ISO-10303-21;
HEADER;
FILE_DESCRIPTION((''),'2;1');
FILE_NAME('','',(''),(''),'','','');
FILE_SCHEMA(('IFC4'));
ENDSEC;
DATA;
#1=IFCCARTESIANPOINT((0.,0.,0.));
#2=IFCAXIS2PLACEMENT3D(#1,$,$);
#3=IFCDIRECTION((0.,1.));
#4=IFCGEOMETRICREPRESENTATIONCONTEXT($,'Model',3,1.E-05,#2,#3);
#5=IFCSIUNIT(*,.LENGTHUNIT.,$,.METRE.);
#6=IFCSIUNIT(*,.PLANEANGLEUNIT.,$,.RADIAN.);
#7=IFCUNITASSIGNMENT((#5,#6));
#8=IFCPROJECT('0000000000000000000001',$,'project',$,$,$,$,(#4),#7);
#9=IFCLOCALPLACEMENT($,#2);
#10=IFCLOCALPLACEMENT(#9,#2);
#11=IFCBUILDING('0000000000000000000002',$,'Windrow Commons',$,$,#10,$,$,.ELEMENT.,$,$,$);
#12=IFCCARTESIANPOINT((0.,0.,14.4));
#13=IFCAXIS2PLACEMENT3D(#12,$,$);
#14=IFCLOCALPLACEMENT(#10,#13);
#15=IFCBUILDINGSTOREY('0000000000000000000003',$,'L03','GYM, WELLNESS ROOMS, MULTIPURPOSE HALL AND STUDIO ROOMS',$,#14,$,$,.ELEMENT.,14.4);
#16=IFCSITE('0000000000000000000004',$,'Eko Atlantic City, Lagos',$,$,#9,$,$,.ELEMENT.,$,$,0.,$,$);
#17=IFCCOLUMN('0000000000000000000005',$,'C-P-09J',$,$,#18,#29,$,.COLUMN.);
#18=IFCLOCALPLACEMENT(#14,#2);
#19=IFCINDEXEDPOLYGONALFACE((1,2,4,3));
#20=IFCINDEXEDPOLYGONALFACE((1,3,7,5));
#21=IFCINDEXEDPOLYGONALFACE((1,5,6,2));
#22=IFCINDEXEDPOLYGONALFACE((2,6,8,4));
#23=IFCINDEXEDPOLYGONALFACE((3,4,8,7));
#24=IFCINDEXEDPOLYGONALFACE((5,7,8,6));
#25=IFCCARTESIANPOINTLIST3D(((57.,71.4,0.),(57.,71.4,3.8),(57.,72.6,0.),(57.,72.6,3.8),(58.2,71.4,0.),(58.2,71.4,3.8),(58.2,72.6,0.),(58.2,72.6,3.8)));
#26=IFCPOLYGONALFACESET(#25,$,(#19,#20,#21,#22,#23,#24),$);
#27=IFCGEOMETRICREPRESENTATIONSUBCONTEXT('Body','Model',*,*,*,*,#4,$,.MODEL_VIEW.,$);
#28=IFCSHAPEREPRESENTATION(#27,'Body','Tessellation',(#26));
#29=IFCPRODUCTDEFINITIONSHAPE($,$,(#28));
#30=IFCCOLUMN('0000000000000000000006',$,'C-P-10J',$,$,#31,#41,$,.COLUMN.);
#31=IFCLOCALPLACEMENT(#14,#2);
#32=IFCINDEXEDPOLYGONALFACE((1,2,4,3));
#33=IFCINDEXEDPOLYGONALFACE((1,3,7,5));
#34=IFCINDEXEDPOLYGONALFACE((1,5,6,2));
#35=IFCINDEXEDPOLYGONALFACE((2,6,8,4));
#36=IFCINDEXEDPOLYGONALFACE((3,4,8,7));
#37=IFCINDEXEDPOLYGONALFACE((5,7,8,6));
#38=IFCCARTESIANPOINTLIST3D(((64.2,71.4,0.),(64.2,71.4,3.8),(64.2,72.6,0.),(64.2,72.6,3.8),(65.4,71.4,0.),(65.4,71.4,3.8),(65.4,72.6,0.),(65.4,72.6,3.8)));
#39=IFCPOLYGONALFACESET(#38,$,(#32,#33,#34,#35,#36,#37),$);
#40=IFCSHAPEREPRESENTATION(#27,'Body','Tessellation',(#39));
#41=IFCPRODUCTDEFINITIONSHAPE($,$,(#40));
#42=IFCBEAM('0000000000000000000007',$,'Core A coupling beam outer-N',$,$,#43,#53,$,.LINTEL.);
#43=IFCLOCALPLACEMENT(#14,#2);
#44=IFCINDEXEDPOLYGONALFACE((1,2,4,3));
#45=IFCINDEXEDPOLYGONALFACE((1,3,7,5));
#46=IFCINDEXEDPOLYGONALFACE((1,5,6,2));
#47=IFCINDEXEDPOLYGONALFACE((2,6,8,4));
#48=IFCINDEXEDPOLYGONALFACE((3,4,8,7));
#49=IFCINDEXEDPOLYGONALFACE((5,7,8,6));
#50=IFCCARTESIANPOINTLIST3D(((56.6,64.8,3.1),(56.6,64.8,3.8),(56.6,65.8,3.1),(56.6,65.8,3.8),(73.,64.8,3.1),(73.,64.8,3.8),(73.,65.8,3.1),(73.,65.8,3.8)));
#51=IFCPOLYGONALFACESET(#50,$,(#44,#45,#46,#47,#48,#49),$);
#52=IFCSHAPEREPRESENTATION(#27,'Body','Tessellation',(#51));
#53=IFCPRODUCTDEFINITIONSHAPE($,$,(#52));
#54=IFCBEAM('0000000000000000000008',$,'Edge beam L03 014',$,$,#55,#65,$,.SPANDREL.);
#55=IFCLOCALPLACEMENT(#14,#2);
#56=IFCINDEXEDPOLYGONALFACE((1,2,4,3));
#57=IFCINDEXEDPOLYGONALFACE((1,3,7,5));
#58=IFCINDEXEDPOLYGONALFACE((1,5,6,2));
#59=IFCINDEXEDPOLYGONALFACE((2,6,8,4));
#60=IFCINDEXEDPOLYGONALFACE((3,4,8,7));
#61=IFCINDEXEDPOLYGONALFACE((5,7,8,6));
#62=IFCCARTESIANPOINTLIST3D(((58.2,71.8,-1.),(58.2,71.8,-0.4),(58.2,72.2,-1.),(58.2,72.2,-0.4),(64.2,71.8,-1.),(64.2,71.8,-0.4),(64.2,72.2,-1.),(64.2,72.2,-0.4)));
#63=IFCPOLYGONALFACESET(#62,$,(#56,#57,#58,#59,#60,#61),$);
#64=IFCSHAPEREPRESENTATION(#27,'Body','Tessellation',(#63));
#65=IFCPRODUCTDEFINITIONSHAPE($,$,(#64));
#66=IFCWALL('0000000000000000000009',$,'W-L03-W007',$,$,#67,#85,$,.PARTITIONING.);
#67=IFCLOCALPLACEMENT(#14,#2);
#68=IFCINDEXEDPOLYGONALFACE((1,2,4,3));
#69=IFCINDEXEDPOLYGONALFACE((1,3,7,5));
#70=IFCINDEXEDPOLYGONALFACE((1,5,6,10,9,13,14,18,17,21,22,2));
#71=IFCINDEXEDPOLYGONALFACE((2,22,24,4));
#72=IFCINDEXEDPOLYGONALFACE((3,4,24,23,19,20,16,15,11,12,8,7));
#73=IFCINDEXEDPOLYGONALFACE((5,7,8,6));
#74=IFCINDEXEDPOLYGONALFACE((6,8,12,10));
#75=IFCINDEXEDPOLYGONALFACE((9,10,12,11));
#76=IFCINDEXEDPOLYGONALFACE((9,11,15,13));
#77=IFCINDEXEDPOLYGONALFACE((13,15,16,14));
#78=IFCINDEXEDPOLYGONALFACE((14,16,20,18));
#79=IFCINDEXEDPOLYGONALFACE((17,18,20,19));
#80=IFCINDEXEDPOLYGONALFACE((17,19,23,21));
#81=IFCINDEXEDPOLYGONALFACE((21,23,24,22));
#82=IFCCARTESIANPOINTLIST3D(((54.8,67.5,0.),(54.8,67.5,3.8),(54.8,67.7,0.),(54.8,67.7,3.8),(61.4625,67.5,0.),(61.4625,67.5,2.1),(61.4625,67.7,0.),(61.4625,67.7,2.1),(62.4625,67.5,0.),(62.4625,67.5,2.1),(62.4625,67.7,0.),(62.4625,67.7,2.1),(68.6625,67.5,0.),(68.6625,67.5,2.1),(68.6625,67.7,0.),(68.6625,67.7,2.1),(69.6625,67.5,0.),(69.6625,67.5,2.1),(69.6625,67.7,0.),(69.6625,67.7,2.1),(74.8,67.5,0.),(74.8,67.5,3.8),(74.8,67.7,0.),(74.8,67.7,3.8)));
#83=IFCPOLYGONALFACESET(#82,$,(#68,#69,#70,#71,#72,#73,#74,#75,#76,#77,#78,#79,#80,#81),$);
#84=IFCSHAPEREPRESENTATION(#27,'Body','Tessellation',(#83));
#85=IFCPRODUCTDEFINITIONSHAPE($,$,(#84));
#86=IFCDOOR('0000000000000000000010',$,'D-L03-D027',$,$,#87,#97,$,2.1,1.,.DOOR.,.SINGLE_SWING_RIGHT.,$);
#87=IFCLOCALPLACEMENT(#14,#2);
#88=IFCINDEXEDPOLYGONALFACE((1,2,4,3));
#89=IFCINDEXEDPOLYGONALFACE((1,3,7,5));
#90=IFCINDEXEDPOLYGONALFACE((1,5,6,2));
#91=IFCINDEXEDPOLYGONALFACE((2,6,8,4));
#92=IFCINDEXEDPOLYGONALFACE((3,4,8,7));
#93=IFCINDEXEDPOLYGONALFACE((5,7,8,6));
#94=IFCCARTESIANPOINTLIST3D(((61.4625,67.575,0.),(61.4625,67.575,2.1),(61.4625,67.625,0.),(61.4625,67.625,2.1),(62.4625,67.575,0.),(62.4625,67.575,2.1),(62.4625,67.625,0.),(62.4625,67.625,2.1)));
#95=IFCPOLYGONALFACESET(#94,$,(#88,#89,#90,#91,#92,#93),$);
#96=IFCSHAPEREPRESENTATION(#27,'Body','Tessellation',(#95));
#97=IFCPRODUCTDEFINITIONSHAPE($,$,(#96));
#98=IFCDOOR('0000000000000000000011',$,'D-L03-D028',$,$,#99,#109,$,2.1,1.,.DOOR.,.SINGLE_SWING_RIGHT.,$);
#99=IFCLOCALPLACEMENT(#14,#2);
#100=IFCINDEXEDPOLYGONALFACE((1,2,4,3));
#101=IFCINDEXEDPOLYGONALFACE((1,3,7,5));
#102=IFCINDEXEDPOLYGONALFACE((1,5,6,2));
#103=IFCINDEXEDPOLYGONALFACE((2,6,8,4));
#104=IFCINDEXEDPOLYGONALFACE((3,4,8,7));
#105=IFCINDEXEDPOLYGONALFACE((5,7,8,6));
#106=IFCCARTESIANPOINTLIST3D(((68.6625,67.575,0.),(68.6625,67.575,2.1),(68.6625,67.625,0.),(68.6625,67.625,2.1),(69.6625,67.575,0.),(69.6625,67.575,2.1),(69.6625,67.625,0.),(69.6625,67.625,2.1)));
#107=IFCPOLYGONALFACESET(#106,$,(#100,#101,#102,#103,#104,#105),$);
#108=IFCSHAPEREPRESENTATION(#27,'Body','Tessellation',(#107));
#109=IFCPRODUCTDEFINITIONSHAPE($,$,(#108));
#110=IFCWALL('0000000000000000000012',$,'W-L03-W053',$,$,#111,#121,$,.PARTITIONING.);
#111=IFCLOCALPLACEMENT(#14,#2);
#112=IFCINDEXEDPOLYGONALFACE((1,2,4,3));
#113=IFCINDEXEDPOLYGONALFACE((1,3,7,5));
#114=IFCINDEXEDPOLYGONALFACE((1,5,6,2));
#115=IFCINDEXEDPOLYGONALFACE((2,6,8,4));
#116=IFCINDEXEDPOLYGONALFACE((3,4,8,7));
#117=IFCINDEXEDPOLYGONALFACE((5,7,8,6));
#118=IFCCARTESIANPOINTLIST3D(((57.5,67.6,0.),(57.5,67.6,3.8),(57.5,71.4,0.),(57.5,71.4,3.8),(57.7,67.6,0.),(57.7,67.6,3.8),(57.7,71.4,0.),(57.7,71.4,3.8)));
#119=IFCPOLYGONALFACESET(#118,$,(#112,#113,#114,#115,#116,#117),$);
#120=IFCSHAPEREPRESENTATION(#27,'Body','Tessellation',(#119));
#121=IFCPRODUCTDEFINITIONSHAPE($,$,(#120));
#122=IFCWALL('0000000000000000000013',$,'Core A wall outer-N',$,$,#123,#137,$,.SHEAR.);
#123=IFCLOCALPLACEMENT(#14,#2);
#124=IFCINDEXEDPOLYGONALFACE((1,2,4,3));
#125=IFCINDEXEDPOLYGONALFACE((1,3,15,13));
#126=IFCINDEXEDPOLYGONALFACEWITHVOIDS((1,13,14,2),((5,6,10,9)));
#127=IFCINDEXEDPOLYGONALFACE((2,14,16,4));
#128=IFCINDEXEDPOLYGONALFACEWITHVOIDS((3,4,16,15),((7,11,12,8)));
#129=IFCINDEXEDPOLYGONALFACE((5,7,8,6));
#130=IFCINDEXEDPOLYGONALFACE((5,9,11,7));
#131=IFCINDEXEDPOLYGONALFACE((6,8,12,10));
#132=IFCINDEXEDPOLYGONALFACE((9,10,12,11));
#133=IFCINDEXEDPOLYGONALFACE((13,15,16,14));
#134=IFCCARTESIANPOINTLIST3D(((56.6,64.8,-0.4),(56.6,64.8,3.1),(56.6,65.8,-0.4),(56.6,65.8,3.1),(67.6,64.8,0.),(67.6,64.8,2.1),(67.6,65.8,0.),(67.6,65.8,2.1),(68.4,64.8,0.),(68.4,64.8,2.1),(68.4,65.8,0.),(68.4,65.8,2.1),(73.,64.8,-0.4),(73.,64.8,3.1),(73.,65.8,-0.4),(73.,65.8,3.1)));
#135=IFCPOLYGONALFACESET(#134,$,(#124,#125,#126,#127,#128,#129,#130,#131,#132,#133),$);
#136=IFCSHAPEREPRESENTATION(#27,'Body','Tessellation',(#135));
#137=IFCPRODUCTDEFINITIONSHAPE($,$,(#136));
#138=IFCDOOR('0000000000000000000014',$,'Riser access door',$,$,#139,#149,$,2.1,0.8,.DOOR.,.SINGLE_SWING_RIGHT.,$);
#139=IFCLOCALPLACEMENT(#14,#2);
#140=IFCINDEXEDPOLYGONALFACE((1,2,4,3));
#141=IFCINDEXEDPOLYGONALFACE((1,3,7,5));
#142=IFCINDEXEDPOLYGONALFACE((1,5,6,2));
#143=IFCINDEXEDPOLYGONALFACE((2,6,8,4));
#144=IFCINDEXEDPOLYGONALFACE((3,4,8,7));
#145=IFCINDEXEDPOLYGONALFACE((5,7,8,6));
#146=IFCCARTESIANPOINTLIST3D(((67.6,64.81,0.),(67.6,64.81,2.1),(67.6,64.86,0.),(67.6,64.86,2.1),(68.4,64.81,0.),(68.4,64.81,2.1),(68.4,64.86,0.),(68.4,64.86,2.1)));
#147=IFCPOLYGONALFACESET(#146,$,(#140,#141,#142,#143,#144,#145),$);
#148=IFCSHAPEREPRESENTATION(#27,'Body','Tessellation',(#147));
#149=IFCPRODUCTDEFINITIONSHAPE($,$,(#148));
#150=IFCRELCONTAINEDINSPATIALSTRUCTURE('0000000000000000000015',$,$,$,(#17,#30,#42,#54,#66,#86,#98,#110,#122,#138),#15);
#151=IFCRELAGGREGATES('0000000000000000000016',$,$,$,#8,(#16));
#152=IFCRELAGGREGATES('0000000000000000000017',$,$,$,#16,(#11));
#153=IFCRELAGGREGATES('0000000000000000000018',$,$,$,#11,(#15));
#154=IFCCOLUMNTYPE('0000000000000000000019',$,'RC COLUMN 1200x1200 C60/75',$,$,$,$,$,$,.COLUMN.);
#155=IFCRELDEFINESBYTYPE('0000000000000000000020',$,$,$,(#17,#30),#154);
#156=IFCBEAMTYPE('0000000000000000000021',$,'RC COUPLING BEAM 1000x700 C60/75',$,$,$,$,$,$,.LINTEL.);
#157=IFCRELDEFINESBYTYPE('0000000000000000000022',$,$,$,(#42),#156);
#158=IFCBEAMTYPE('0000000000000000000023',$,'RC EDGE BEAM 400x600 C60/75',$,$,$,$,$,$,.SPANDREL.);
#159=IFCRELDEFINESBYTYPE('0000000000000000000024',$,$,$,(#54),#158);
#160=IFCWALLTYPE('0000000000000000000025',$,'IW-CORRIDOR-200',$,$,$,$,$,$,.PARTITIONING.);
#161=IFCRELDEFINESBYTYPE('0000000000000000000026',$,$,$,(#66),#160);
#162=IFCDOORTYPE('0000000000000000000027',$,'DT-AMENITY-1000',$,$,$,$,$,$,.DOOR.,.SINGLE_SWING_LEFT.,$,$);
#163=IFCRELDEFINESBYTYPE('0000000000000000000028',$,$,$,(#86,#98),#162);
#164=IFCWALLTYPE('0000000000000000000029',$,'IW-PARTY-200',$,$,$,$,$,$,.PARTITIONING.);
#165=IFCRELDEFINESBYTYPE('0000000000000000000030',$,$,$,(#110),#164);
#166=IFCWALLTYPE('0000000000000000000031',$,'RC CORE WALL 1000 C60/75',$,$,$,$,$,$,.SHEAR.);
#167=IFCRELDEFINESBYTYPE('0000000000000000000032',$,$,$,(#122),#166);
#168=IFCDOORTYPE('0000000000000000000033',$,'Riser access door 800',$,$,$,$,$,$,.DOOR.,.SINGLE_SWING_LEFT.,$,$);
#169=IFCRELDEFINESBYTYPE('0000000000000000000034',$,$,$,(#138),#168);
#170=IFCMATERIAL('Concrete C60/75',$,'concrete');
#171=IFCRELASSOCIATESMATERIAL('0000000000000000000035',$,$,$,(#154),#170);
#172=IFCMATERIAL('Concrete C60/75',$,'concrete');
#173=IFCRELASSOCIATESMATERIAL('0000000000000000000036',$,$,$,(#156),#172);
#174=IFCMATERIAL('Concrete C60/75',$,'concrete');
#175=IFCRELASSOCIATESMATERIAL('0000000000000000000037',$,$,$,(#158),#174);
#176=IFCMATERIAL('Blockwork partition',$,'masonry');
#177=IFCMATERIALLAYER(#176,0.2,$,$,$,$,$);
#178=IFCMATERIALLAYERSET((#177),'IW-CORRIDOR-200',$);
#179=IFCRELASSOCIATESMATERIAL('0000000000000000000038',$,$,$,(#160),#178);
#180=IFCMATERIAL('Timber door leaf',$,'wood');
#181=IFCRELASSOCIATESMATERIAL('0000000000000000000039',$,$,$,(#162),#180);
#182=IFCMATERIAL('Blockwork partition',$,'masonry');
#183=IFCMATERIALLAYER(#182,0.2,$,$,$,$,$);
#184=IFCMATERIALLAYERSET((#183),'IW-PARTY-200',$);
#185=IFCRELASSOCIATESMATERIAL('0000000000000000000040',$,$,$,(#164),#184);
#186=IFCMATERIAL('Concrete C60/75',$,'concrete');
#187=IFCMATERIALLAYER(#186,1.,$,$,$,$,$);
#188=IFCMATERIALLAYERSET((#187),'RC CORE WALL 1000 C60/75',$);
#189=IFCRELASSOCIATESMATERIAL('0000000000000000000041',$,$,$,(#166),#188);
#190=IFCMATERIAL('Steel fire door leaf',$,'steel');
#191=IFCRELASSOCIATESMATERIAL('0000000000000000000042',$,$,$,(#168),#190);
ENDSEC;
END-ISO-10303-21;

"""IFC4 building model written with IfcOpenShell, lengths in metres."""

from ifc_helpers import new_model, si_unit, direction, frame, frame_2d, origin, origin_2d, place, context, subcontext, project, spatial, rectangle, extrude, material, layer, layer_set, material_profile, profile_set, type_object, element, fill, save


model = new_model("IFC4")

# Units and contexts
model_context = context("Model", 3, precision=1e-05, world=origin(), true_north=direction((0.0, 1.0)))
body_context = subcontext(model_context, "Body", "Model", "MODEL_VIEW")
ifc_project = project(units=[si_unit("LENGTHUNIT", "METRE"), si_unit("PLANEANGLEUNIT", "RADIAN")], contexts=[model_context])

# Site, building, storey
site_placement = place(None, origin())
site = spatial("IfcSite", under=ifc_project, at=site_placement, Name="Eko Atlantic City, Lagos", CompositionType="ELEMENT", RefElevation=0.0)
building_placement = place(site_placement, origin())
building = spatial("IfcBuilding", under=site, at=building_placement, Name="Windrow Commons", CompositionType="ELEMENT")
storey_placement = place(building_placement, frame((0.0, 0.0, 14.4)))
storey = spatial("IfcBuildingStorey", under=building, at=storey_placement, Name="L03", Description="GYM, WELLNESS ROOMS, MULTIPURPOSE HALL AND STUDIO ROOMS", CompositionType="ELEMENT", Elevation=14.4)

# Columns
ifc_material_1 = material(Name="Concrete C60/75", Category="concrete")
ifc_material_profile_1 = material_profile(ifc_material_1, rectangle(XDim=1.2, YDim=1.2, at=origin_2d()))
ifc_profile_set_1 = profile_set([ifc_material_profile_1], Name="Concrete C60/75")
column_type = type_object("IfcColumnType", Name="RC COLUMN 1200x1200 C60/75", PredefinedType="COLUMN", material=ifc_profile_set_1)
for number, where, z_axis, x_axis, name in (
    (1, (57.6, 72.0, 0.0), (0.0, 0.0, 1.0), (1.0, 0.0, 0.0), "C-P-09J"),
    (2, (64.8, 72.0, 0.0), (0.0, 0.0, 1.0), (1.0, 0.0, 0.0), "C-P-10J"),
):
    element("IfcColumn", number, at=place(storey_placement, frame(where, z_axis=z_axis, x_axis=x_axis)), inside=storey, type_object=column_type, Name=name, PredefinedType="COLUMN", context=body_context, shape_type="SweptSolid", body=[
        extrude(rectangle(XDim=1.2, YDim=1.2, at=origin_2d()), origin(), (0.0, 0.0, 1.0), 3.8),
    ])

# Beams
ifc_material_2 = material(Name="Concrete C60/75", Category="concrete")
ifc_material_profile_2 = material_profile(ifc_material_2, rectangle(XDim=1.0, YDim=0.7, at=origin_2d()))
ifc_profile_set_2 = profile_set([ifc_material_profile_2], Name="Concrete C60/75")
beam_type_1 = type_object("IfcBeamType", Name="RC COUPLING BEAM 1000x700 C60/75", PredefinedType="LINTEL", material=ifc_profile_set_2)
beam_1_placement = place(storey_placement, frame((56.6, 65.3, 3.45), z_axis=(1.0, 0.0, 0.0), x_axis=(0.0, 1.0, 0.0)))
element("IfcBeam", 3, at=beam_1_placement, inside=storey, type_object=beam_type_1, Name="Core A coupling beam outer-N", PredefinedType="LINTEL", context=body_context, shape_type="SweptSolid", body=[
    extrude(rectangle(XDim=1.0, YDim=0.7, at=origin_2d()), origin(), (0.0, 0.0, 1.0), 16.4),
])
ifc_material_3 = material(Name="Concrete C60/75", Category="concrete")
ifc_material_profile_3 = material_profile(ifc_material_3, rectangle(XDim=0.4, YDim=0.6, at=origin_2d()))
ifc_profile_set_3 = profile_set([ifc_material_profile_3], Name="Concrete C60/75")
beam_type_2 = type_object("IfcBeamType", Name="RC EDGE BEAM 400x600 C60/75", PredefinedType="SPANDREL", material=ifc_profile_set_3)
beam_2_placement = place(storey_placement, frame((58.2, 72.0, -0.7), z_axis=(1.0, 0.0, 0.0), x_axis=(0.0, 1.0, 0.0)))
element("IfcBeam", 4, at=beam_2_placement, inside=storey, type_object=beam_type_2, Name="Edge beam L03 014", PredefinedType="SPANDREL", context=body_context, shape_type="SweptSolid", body=[
    extrude(rectangle(XDim=0.4, YDim=0.6, at=origin_2d()), origin(), (0.0, 0.0, 1.0), 6.0),
])

# Wall, openings, doors
ifc_material_4 = material(Name="Blockwork partition", Category="masonry")
ifc_layer_1 = layer(ifc_material_4, 0.2)
ifc_layer_set_1 = layer_set([ifc_layer_1], Name="IW-CORRIDOR-200")
wall_type_1 = type_object("IfcWallType", Name="IW-CORRIDOR-200", PredefinedType="PARTITIONING", material=ifc_layer_set_1)
wall_1_placement = place(storey_placement, frame((54.8, 67.6, 0.0), z_axis=(0.0, 0.0, 1.0), x_axis=(1.0, 0.0, 0.0)))
wall_1 = element("IfcWall", 5, at=wall_1_placement, inside=storey, type_object=wall_type_1, Name="W-L03-W007", PredefinedType="PARTITIONING", context=body_context, shape_type="SweptSolid", body=[
    extrude(rectangle(XDim=20.0, YDim=0.2, at=frame_2d((10.0, 0.0))), origin(), (0.0, 0.0, 1.0), 3.8),
])
opening_1_placement = place(wall_1_placement, frame((6.6625, 0.0, 0.0)))
opening_1 = element("IfcOpeningElement", 6, at=opening_1_placement, cuts=wall_1, PredefinedType="OPENING", context=body_context, shape_type="SweptSolid", body=[
    extrude(rectangle(XDim=1.0, YDim=2.1, at=frame_2d((0.5, 1.05))), frame((0.0, 0.11, 0.0), z_axis=(0.0, -1.0, 0.0), x_axis=(1.0, 0.0, 0.0)), (0.0, 0.0, 1.0), 0.22),
])
opening_2_placement = place(wall_1_placement, frame((13.8625, 0.0, 0.0)))
opening_2 = element("IfcOpeningElement", 7, at=opening_2_placement, cuts=wall_1, PredefinedType="OPENING", context=body_context, shape_type="SweptSolid", body=[
    extrude(rectangle(XDim=1.0, YDim=2.1, at=frame_2d((0.5, 1.05))), frame((0.0, 0.11, 0.0), z_axis=(0.0, -1.0, 0.0), x_axis=(1.0, 0.0, 0.0)), (0.0, 0.0, 1.0), 0.22),
])
ifc_material_5 = material(Name="Timber door leaf", Category="wood")
door_type_1 = type_object("IfcDoorType", Name="DT-AMENITY-1000", OperationType="SINGLE_SWING_LEFT", PredefinedType="DOOR", material=ifc_material_5)
door_1_placement = place(opening_1_placement, origin())
door_1 = element("IfcDoor", 8, at=door_1_placement, inside=storey, type_object=door_type_1, Name="D-L03-D027", OperationType="SINGLE_SWING_RIGHT", OverallHeight=2.1, OverallWidth=1.0, PredefinedType="DOOR", context=body_context, shape_type="SweptSolid", body=[
    extrude(rectangle(XDim=1.0, YDim=2.1, at=frame_2d((0.5, 1.05))), frame((0.0, 0.025, 0.0), z_axis=(0.0, -1.0, 0.0), x_axis=(1.0, 0.0, 0.0)), (0.0, 0.0, 1.0), 0.05),
])
fill(opening_1, door_1)
door_2_placement = place(opening_2_placement, origin())
door_2 = element("IfcDoor", 9, at=door_2_placement, inside=storey, type_object=door_type_1, Name="D-L03-D028", OperationType="SINGLE_SWING_RIGHT", OverallHeight=2.1, OverallWidth=1.0, PredefinedType="DOOR", context=body_context, shape_type="SweptSolid", body=[
    extrude(rectangle(XDim=1.0, YDim=2.1, at=frame_2d((0.5, 1.05))), frame((0.0, 0.025, 0.0), z_axis=(0.0, -1.0, 0.0), x_axis=(1.0, 0.0, 0.0)), (0.0, 0.0, 1.0), 0.05),
])
fill(opening_2, door_2)

# Wall
ifc_material_6 = material(Name="Blockwork partition", Category="masonry")
ifc_layer_2 = layer(ifc_material_6, 0.2)
ifc_layer_set_2 = layer_set([ifc_layer_2], Name="IW-PARTY-200")
wall_type_2 = type_object("IfcWallType", Name="IW-PARTY-200", PredefinedType="PARTITIONING", material=ifc_layer_set_2)
wall_2_placement = place(storey_placement, frame((57.6, 67.6, 0.0), z_axis=(0.0, 0.0, 1.0), x_axis=(0.0, 1.0, 0.0)))
element("IfcWall", 10, at=wall_2_placement, inside=storey, type_object=wall_type_2, Name="W-L03-W053", PredefinedType="PARTITIONING", context=body_context, shape_type="SweptSolid", body=[
    extrude(rectangle(XDim=3.8, YDim=0.2, at=frame_2d((1.9, 0.0))), origin(), (0.0, 0.0, 1.0), 3.8),
])

# Wall, opening, door
ifc_material_7 = material(Name="Concrete C60/75", Category="concrete")
ifc_layer_3 = layer(ifc_material_7, 1.0)
ifc_layer_set_3 = layer_set([ifc_layer_3], Name="RC CORE WALL 1000 C60/75")
wall_type_3 = type_object("IfcWallType", Name="RC CORE WALL 1000 C60/75", PredefinedType="SHEAR", material=ifc_layer_set_3)
wall_3_placement = place(storey_placement, frame((56.6, 65.3, -0.4), z_axis=(0.0, 0.0, 1.0), x_axis=(1.0, 0.0, 0.0)))
wall_3 = element("IfcWall", 11, at=wall_3_placement, inside=storey, type_object=wall_type_3, Name="Core A wall outer-N", PredefinedType="SHEAR", context=body_context, shape_type="SweptSolid", body=[
    extrude(rectangle(XDim=16.4, YDim=1.0, at=frame_2d((8.2, 0.0))), origin(), (0.0, 0.0, 1.0), 3.5),
])
opening_3_placement = place(wall_3_placement, frame((11.0, 0.0, 0.4)))
opening_3 = element("IfcOpeningElement", 12, at=opening_3_placement, cuts=wall_3, PredefinedType="OPENING", context=body_context, shape_type="SweptSolid", body=[
    extrude(rectangle(XDim=0.8, YDim=2.1, at=frame_2d((0.4, 1.05))), frame((0.0, 0.51, 0.0), z_axis=(0.0, -1.0, 0.0), x_axis=(1.0, 0.0, 0.0)), (0.0, 0.0, 1.0), 1.02),
])
ifc_material_8 = material(Name="Steel fire door leaf", Category="steel")
door_type_2 = type_object("IfcDoorType", Name="Riser access door 800", OperationType="SINGLE_SWING_LEFT", PredefinedType="DOOR", material=ifc_material_8)
door_3_placement = place(opening_3_placement, origin())
door_3 = element("IfcDoor", 13, at=door_3_placement, inside=storey, type_object=door_type_2, Name="Riser access door", OperationType="SINGLE_SWING_RIGHT", OverallHeight=2.1, OverallWidth=0.8, PredefinedType="DOOR", context=body_context, shape_type="SweptSolid", body=[
    extrude(rectangle(XDim=0.8, YDim=2.1, at=frame_2d((0.4, 1.05))), frame((0.0, -0.44, 0.0), z_axis=(0.0, -1.0, 0.0), x_axis=(1.0, 0.0, 0.0)), (0.0, 0.0, 1.0), 0.05),
])
fill(opening_3, door_3)

save(model, "model.ifc")
